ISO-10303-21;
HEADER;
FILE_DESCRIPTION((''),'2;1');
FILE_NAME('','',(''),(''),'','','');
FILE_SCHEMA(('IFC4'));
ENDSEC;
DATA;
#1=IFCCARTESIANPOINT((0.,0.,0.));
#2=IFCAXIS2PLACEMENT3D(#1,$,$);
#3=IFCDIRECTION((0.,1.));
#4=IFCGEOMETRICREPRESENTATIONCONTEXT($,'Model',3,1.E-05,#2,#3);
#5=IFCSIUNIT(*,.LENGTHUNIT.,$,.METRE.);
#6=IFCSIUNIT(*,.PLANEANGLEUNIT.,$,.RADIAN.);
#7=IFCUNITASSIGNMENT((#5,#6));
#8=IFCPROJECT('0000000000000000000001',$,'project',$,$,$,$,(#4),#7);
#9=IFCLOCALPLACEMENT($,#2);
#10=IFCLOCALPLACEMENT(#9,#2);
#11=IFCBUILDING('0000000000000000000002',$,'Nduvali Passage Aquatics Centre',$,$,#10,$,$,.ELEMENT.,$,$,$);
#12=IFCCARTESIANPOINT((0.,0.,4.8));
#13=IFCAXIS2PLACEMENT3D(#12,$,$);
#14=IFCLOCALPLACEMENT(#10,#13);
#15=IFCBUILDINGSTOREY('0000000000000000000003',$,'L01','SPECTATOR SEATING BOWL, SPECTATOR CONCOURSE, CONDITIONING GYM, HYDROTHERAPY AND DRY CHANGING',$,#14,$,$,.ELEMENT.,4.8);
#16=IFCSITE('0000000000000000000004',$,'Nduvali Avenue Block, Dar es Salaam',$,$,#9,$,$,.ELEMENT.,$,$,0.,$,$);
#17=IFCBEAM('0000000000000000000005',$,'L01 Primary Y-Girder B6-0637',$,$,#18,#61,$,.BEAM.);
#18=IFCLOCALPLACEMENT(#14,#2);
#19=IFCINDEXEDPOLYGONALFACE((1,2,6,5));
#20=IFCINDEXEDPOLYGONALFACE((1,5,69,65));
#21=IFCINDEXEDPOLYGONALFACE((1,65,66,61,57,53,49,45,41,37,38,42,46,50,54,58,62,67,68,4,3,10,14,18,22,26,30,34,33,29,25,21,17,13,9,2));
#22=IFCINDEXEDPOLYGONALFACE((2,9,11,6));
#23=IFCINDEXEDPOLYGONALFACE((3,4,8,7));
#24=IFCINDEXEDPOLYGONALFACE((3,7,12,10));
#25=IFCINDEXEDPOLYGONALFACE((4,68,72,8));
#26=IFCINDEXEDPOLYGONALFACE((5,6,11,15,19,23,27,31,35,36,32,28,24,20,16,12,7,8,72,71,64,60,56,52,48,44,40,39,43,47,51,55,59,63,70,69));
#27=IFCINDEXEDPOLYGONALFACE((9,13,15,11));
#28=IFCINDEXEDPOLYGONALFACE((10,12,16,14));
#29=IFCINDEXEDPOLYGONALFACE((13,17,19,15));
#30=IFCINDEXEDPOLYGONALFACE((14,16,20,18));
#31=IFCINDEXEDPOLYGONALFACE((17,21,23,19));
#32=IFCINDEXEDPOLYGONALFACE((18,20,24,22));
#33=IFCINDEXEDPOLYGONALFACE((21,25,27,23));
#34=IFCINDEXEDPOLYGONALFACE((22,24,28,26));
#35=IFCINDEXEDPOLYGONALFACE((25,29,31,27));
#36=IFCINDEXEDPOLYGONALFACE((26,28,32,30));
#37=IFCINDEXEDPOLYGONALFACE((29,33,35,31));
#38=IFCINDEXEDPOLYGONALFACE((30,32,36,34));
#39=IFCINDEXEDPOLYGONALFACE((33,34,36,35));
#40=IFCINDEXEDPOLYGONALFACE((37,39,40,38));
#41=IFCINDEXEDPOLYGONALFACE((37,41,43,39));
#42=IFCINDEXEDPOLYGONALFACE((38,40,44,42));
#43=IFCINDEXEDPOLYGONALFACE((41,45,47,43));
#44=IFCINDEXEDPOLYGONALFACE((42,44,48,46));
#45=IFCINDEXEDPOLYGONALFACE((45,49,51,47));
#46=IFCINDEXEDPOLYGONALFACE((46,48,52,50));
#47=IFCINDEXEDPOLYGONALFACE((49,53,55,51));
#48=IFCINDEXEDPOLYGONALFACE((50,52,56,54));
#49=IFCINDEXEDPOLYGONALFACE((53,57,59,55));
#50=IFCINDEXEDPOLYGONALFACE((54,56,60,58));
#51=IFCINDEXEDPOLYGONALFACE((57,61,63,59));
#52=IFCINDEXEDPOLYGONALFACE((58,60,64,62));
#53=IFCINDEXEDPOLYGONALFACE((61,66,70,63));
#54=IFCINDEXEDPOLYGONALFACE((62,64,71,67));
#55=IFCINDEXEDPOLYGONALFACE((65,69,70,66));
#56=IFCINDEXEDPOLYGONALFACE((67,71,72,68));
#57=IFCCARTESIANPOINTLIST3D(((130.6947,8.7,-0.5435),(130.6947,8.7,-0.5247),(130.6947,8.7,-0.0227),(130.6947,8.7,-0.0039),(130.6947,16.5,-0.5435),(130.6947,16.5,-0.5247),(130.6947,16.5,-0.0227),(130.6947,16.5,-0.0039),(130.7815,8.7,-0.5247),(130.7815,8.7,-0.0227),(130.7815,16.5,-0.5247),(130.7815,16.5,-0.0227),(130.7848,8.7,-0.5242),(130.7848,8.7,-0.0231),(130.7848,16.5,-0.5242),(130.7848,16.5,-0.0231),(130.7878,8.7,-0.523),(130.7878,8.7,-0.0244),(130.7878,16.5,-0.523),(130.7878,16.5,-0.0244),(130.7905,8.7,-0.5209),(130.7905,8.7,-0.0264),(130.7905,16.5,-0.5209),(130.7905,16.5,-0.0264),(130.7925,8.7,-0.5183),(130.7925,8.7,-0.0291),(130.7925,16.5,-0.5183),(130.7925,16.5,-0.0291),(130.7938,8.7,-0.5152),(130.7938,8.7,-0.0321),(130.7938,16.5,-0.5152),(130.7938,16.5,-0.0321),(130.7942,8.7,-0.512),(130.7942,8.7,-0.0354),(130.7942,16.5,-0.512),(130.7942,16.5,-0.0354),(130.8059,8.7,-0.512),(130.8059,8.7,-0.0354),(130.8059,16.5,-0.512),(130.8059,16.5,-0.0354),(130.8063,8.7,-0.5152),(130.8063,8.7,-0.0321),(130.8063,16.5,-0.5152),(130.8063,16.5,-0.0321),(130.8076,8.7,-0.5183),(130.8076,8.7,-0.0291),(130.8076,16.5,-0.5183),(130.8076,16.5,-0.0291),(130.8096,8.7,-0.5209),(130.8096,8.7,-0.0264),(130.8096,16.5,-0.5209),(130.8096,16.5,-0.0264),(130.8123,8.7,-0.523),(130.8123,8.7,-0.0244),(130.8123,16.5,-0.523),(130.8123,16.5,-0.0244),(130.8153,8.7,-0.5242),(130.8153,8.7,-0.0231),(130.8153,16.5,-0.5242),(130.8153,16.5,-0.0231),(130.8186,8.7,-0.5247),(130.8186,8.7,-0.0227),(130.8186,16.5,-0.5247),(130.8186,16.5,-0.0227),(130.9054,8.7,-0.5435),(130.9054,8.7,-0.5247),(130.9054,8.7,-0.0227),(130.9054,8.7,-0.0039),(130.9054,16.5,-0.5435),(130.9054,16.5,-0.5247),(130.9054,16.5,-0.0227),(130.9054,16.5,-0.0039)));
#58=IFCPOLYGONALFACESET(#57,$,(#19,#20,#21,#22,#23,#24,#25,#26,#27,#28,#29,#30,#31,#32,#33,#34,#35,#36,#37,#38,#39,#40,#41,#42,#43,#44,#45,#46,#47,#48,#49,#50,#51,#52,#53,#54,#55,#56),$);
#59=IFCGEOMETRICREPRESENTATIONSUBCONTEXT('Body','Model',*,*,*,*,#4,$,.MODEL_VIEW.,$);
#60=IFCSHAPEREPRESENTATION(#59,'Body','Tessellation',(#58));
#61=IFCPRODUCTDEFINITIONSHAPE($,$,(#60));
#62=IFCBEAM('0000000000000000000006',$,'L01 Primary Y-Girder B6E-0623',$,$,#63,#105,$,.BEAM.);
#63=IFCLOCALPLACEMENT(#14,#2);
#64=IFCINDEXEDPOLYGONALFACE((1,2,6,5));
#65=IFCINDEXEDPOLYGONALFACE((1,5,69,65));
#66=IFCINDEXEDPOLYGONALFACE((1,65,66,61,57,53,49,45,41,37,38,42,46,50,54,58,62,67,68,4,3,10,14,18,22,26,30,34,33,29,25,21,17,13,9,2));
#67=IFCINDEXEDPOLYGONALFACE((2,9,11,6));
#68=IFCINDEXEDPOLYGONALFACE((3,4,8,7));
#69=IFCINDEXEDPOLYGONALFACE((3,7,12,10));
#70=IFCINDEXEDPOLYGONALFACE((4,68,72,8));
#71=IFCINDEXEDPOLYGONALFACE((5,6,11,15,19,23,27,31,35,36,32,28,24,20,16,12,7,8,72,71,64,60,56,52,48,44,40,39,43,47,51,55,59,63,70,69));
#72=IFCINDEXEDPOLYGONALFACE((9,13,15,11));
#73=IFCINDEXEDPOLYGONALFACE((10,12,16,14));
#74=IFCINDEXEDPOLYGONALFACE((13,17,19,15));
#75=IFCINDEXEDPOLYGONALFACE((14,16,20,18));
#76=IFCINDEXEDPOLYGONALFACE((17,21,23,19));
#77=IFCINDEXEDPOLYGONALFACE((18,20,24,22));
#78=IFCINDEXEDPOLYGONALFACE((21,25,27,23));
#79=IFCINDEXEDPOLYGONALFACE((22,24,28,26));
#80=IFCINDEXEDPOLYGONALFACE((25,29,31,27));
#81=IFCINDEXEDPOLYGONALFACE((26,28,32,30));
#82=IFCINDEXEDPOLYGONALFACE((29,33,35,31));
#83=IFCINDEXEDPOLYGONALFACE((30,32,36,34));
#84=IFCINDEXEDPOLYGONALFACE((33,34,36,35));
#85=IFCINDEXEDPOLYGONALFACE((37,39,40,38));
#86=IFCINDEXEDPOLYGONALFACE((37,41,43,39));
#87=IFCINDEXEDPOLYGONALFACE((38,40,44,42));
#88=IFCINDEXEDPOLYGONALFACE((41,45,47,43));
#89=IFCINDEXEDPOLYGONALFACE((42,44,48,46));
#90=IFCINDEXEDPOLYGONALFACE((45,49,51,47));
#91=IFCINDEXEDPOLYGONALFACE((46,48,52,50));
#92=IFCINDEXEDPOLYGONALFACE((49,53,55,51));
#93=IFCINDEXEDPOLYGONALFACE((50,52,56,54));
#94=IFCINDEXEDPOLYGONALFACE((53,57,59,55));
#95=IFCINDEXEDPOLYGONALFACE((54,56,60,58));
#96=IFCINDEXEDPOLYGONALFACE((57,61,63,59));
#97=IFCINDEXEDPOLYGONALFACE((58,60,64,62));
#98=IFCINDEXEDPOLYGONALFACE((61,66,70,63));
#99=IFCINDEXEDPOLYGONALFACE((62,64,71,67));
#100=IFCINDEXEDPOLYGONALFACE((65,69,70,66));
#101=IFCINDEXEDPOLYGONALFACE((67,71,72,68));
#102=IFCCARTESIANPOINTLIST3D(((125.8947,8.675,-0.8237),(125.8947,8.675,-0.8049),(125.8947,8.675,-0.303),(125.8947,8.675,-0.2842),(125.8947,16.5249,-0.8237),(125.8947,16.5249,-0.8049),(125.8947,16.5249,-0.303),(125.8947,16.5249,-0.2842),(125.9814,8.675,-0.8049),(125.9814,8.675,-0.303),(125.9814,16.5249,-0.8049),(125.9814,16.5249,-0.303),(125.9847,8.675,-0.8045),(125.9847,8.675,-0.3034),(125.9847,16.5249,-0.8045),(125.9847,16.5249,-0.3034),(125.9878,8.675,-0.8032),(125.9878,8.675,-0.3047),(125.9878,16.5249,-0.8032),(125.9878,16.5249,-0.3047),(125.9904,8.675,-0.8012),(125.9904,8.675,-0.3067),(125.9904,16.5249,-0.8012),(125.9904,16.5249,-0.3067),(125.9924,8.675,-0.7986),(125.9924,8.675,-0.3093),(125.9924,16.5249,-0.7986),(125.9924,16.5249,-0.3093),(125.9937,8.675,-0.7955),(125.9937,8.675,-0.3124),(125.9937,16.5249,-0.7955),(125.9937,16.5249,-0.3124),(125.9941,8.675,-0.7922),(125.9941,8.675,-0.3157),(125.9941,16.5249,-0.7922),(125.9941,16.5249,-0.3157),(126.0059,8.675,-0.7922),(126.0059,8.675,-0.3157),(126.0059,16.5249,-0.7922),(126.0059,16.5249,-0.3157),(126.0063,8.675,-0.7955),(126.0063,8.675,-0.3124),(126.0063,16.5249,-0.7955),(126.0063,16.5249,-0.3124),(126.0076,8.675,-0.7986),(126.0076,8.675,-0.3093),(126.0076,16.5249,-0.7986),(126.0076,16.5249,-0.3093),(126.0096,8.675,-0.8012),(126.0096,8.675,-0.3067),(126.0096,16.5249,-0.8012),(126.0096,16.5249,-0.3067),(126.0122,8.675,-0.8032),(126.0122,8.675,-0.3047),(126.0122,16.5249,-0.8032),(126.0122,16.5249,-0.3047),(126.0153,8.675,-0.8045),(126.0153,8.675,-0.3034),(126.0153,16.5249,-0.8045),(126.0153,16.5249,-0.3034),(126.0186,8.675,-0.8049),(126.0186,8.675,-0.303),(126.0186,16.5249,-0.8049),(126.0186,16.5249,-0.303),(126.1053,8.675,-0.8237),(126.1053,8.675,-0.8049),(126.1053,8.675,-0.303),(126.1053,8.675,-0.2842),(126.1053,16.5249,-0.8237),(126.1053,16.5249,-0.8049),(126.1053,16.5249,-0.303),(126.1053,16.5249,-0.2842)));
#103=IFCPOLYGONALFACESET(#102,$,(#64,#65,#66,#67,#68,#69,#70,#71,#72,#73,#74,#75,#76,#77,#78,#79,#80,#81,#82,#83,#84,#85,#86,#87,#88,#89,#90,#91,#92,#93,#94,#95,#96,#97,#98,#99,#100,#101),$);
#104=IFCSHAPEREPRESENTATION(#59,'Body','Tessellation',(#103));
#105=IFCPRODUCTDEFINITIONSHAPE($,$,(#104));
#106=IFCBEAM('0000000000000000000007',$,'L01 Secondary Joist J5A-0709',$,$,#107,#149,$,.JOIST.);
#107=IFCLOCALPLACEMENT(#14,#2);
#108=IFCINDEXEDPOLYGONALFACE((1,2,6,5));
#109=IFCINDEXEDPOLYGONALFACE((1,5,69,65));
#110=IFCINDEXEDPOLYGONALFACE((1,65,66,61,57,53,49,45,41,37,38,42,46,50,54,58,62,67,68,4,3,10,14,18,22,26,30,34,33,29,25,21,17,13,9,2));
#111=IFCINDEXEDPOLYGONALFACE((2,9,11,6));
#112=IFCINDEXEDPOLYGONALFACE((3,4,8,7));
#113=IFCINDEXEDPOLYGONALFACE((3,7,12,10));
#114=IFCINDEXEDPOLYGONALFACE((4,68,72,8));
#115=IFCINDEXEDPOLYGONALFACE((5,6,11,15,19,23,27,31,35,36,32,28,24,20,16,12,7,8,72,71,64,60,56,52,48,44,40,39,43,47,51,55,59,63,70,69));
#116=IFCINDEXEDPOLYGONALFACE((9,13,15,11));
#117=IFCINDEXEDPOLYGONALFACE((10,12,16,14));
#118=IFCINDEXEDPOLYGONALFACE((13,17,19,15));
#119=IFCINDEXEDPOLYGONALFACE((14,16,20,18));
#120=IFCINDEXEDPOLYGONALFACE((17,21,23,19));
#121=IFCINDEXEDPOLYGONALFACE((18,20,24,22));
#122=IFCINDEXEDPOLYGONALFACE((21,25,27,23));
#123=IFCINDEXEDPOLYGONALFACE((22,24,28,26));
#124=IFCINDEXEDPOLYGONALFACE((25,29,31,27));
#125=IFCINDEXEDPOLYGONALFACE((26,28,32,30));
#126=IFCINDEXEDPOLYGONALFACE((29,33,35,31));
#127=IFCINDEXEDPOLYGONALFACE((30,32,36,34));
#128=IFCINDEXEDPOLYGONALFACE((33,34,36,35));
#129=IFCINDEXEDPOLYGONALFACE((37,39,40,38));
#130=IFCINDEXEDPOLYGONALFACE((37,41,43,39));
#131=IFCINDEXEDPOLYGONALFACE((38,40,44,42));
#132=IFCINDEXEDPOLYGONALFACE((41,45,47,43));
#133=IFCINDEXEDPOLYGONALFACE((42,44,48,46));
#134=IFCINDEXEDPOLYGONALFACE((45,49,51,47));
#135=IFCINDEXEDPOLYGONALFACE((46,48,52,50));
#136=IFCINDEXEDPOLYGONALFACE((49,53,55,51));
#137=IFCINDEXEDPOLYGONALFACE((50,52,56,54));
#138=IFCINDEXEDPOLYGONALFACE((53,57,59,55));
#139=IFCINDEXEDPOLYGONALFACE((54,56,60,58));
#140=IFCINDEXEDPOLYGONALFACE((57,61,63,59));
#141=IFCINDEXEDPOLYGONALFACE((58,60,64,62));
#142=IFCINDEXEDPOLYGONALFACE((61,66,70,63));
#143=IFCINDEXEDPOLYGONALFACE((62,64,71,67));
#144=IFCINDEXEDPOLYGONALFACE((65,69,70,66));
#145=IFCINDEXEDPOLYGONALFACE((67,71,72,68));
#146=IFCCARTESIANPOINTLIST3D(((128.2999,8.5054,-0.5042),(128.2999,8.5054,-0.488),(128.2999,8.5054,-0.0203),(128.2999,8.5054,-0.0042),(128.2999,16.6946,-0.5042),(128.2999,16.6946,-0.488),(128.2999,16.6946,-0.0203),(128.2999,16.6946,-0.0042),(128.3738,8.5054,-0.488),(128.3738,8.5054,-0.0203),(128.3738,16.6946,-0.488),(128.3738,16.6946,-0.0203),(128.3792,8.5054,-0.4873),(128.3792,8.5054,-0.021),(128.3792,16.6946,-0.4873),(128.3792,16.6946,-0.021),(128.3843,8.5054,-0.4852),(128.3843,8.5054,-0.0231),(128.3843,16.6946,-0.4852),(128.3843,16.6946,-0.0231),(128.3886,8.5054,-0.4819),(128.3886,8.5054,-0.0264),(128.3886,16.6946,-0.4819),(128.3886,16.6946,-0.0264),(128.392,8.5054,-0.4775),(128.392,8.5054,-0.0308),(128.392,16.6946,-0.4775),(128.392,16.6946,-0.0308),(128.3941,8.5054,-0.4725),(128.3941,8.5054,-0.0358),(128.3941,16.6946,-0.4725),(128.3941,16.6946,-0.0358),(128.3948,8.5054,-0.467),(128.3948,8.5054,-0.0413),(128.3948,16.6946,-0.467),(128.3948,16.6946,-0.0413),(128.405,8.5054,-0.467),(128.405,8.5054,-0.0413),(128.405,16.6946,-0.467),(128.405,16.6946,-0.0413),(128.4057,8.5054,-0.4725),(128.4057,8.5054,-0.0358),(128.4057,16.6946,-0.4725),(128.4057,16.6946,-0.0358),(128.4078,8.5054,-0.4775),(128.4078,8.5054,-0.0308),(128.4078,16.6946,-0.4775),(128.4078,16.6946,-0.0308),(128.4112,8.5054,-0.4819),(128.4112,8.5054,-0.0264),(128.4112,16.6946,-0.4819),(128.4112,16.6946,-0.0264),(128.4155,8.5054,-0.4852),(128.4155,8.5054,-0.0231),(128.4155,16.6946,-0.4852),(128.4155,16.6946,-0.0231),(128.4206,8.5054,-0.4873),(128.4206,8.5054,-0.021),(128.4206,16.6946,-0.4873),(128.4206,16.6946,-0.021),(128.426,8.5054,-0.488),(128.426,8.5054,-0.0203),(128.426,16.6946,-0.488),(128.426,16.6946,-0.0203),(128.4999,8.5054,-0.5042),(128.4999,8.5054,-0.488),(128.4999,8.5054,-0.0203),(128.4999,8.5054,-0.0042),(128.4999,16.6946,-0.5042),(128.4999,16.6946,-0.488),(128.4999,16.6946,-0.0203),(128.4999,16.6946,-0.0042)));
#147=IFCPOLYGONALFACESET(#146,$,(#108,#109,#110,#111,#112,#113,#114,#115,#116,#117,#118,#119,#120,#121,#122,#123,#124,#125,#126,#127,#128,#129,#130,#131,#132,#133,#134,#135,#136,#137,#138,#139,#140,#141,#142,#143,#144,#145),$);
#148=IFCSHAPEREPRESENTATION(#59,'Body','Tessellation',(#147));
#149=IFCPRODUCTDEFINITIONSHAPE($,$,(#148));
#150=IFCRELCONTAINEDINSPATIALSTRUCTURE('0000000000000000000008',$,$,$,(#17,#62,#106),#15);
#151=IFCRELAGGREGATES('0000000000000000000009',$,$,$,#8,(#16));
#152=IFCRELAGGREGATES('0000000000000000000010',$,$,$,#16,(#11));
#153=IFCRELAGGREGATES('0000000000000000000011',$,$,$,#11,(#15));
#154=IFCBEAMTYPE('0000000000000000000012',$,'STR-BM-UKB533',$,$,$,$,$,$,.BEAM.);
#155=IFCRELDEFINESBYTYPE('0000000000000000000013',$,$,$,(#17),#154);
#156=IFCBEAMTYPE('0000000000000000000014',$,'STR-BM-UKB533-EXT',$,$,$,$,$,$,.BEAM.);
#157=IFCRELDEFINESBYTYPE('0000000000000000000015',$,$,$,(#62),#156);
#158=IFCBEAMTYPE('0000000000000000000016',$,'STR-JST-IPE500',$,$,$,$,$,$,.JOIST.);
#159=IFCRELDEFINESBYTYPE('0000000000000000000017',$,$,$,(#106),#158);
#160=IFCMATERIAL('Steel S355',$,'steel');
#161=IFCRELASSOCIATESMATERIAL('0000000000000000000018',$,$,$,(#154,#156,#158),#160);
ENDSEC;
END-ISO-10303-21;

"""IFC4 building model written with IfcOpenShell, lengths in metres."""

from ifc_helpers import new_model, si_unit, direction, frame, origin, origin_2d, place, context, subcontext, project, spatial, i_section, extrude, material, material_profile, profile_set, type_object, element, save


model = new_model("IFC4")

# Units and contexts
model_context = context("Model", 3, precision=1e-05, world=origin(), true_north=direction((0.0, 1.0)))
body_context = subcontext(model_context, "Body", "Model", "MODEL_VIEW")
ifc_project = project(units=[si_unit("LENGTHUNIT", "METRE"), si_unit("PLANEANGLEUNIT", "RADIAN")], contexts=[model_context])

# Site, building, storey
site_placement = place(None, origin())
site = spatial("IfcSite", under=ifc_project, at=site_placement, Name="Nduvali Avenue Block, Dar es Salaam", CompositionType="ELEMENT", RefElevation=0.0)
building_placement = place(site_placement, origin())
building = spatial("IfcBuilding", under=site, at=building_placement, Name="Nduvali Passage Aquatics Centre", CompositionType="ELEMENT")
storey_placement = place(building_placement, frame((0.0, 0.0, 4.8)))
storey = spatial("IfcBuildingStorey", under=building, at=storey_placement, Name="L01", Description="SPECTATOR SEATING BOWL, SPECTATOR CONCOURSE, CONDITIONING GYM, HYDROTHERAPY AND DRY CHANGING", CompositionType="ELEMENT", Elevation=4.8)

# Shared definitions
ifc_material_1 = material(Name="Steel S355", Category="steel")

# Beams
ifc_material_profile_1 = material_profile(ifc_material_1, i_section(OverallWidth=0.2107, OverallDepth=0.5396, WebThickness=0.0117, FlangeThickness=0.0188, FilletRadius=0.0127, at=origin_2d()), Name="UKB 533x210x109")
ifc_profile_set_1 = profile_set([ifc_material_profile_1], Name="Steel S355")
beam_type_1 = type_object("IfcBeamType", Name="STR-BM-UKB533", PredefinedType="BEAM", material=ifc_profile_set_1)
beam_1_placement = place(storey_placement, frame((130.8, 8.7, -0.2737), z_axis=(0.0, 1.0, 0.0), x_axis=(-1.0, 0.0, 0.0)))
element("IfcBeam", 1, at=beam_1_placement, inside=storey, type_object=beam_type_1, Name="L01 Primary Y-Girder B6-0637", PredefinedType="BEAM", context=body_context, shape_type="SweptSolid", body=[
    extrude(i_section(OverallWidth=0.2107, OverallDepth=0.5396, WebThickness=0.0117, FlangeThickness=0.0188, FilletRadius=0.0127, at=origin_2d()), origin(), (0.0, 0.0, 1.0), 7.8),
])
ifc_material_profile_2 = material_profile(ifc_material_1, i_section(OverallWidth=0.2107, OverallDepth=0.5396, WebThickness=0.0117, FlangeThickness=0.0188, FilletRadius=0.0127, at=origin_2d()), Name="UKB 533x210x109")
ifc_profile_set_2 = profile_set([ifc_material_profile_2], Name="Steel S355")
beam_type_2 = type_object("IfcBeamType", Name="STR-BM-UKB533-EXT", PredefinedType="BEAM", material=ifc_profile_set_2)
beam_2_placement = place(storey_placement, frame((126.0, 8.675, -0.554), z_axis=(0.0, 1.0, 0.0), x_axis=(-1.0, 0.0, 0.0)))
element("IfcBeam", 2, at=beam_2_placement, inside=storey, type_object=beam_type_2, Name="L01 Primary Y-Girder B6E-0623", PredefinedType="BEAM", context=body_context, shape_type="SweptSolid", body=[
    extrude(i_section(OverallWidth=0.2107, OverallDepth=0.5396, WebThickness=0.0117, FlangeThickness=0.0188, FilletRadius=0.0127, at=origin_2d()), origin(), (0.0, 0.0, 1.0), 7.8499),
])
ifc_material_profile_3 = material_profile(ifc_material_1, i_section(OverallWidth=0.2, OverallDepth=0.5, WebThickness=0.0103, FlangeThickness=0.0161, FilletRadius=0.021, at=origin_2d()), Name="IPE 500")
ifc_profile_set_3 = profile_set([ifc_material_profile_3], Name="Steel S355")
beam_type_3 = type_object("IfcBeamType", Name="STR-JST-IPE500", PredefinedType="JOIST", material=ifc_profile_set_3)
beam_3_placement = place(storey_placement, frame((128.3999, 8.5054, -0.2542), z_axis=(0.0, 1.0, 0.0), x_axis=(-1.0, 0.0, 0.0)))
element("IfcBeam", 3, at=beam_3_placement, inside=storey, type_object=beam_type_3, Name="L01 Secondary Joist J5A-0709", PredefinedType="JOIST", context=body_context, shape_type="SweptSolid", body=[
    extrude(i_section(OverallWidth=0.2, OverallDepth=0.5, WebThickness=0.0103, FlangeThickness=0.0161, FilletRadius=0.021, at=origin_2d()), origin(), (0.0, 0.0, 1.0), 8.1892),
])

save(model, "model.ifc")
